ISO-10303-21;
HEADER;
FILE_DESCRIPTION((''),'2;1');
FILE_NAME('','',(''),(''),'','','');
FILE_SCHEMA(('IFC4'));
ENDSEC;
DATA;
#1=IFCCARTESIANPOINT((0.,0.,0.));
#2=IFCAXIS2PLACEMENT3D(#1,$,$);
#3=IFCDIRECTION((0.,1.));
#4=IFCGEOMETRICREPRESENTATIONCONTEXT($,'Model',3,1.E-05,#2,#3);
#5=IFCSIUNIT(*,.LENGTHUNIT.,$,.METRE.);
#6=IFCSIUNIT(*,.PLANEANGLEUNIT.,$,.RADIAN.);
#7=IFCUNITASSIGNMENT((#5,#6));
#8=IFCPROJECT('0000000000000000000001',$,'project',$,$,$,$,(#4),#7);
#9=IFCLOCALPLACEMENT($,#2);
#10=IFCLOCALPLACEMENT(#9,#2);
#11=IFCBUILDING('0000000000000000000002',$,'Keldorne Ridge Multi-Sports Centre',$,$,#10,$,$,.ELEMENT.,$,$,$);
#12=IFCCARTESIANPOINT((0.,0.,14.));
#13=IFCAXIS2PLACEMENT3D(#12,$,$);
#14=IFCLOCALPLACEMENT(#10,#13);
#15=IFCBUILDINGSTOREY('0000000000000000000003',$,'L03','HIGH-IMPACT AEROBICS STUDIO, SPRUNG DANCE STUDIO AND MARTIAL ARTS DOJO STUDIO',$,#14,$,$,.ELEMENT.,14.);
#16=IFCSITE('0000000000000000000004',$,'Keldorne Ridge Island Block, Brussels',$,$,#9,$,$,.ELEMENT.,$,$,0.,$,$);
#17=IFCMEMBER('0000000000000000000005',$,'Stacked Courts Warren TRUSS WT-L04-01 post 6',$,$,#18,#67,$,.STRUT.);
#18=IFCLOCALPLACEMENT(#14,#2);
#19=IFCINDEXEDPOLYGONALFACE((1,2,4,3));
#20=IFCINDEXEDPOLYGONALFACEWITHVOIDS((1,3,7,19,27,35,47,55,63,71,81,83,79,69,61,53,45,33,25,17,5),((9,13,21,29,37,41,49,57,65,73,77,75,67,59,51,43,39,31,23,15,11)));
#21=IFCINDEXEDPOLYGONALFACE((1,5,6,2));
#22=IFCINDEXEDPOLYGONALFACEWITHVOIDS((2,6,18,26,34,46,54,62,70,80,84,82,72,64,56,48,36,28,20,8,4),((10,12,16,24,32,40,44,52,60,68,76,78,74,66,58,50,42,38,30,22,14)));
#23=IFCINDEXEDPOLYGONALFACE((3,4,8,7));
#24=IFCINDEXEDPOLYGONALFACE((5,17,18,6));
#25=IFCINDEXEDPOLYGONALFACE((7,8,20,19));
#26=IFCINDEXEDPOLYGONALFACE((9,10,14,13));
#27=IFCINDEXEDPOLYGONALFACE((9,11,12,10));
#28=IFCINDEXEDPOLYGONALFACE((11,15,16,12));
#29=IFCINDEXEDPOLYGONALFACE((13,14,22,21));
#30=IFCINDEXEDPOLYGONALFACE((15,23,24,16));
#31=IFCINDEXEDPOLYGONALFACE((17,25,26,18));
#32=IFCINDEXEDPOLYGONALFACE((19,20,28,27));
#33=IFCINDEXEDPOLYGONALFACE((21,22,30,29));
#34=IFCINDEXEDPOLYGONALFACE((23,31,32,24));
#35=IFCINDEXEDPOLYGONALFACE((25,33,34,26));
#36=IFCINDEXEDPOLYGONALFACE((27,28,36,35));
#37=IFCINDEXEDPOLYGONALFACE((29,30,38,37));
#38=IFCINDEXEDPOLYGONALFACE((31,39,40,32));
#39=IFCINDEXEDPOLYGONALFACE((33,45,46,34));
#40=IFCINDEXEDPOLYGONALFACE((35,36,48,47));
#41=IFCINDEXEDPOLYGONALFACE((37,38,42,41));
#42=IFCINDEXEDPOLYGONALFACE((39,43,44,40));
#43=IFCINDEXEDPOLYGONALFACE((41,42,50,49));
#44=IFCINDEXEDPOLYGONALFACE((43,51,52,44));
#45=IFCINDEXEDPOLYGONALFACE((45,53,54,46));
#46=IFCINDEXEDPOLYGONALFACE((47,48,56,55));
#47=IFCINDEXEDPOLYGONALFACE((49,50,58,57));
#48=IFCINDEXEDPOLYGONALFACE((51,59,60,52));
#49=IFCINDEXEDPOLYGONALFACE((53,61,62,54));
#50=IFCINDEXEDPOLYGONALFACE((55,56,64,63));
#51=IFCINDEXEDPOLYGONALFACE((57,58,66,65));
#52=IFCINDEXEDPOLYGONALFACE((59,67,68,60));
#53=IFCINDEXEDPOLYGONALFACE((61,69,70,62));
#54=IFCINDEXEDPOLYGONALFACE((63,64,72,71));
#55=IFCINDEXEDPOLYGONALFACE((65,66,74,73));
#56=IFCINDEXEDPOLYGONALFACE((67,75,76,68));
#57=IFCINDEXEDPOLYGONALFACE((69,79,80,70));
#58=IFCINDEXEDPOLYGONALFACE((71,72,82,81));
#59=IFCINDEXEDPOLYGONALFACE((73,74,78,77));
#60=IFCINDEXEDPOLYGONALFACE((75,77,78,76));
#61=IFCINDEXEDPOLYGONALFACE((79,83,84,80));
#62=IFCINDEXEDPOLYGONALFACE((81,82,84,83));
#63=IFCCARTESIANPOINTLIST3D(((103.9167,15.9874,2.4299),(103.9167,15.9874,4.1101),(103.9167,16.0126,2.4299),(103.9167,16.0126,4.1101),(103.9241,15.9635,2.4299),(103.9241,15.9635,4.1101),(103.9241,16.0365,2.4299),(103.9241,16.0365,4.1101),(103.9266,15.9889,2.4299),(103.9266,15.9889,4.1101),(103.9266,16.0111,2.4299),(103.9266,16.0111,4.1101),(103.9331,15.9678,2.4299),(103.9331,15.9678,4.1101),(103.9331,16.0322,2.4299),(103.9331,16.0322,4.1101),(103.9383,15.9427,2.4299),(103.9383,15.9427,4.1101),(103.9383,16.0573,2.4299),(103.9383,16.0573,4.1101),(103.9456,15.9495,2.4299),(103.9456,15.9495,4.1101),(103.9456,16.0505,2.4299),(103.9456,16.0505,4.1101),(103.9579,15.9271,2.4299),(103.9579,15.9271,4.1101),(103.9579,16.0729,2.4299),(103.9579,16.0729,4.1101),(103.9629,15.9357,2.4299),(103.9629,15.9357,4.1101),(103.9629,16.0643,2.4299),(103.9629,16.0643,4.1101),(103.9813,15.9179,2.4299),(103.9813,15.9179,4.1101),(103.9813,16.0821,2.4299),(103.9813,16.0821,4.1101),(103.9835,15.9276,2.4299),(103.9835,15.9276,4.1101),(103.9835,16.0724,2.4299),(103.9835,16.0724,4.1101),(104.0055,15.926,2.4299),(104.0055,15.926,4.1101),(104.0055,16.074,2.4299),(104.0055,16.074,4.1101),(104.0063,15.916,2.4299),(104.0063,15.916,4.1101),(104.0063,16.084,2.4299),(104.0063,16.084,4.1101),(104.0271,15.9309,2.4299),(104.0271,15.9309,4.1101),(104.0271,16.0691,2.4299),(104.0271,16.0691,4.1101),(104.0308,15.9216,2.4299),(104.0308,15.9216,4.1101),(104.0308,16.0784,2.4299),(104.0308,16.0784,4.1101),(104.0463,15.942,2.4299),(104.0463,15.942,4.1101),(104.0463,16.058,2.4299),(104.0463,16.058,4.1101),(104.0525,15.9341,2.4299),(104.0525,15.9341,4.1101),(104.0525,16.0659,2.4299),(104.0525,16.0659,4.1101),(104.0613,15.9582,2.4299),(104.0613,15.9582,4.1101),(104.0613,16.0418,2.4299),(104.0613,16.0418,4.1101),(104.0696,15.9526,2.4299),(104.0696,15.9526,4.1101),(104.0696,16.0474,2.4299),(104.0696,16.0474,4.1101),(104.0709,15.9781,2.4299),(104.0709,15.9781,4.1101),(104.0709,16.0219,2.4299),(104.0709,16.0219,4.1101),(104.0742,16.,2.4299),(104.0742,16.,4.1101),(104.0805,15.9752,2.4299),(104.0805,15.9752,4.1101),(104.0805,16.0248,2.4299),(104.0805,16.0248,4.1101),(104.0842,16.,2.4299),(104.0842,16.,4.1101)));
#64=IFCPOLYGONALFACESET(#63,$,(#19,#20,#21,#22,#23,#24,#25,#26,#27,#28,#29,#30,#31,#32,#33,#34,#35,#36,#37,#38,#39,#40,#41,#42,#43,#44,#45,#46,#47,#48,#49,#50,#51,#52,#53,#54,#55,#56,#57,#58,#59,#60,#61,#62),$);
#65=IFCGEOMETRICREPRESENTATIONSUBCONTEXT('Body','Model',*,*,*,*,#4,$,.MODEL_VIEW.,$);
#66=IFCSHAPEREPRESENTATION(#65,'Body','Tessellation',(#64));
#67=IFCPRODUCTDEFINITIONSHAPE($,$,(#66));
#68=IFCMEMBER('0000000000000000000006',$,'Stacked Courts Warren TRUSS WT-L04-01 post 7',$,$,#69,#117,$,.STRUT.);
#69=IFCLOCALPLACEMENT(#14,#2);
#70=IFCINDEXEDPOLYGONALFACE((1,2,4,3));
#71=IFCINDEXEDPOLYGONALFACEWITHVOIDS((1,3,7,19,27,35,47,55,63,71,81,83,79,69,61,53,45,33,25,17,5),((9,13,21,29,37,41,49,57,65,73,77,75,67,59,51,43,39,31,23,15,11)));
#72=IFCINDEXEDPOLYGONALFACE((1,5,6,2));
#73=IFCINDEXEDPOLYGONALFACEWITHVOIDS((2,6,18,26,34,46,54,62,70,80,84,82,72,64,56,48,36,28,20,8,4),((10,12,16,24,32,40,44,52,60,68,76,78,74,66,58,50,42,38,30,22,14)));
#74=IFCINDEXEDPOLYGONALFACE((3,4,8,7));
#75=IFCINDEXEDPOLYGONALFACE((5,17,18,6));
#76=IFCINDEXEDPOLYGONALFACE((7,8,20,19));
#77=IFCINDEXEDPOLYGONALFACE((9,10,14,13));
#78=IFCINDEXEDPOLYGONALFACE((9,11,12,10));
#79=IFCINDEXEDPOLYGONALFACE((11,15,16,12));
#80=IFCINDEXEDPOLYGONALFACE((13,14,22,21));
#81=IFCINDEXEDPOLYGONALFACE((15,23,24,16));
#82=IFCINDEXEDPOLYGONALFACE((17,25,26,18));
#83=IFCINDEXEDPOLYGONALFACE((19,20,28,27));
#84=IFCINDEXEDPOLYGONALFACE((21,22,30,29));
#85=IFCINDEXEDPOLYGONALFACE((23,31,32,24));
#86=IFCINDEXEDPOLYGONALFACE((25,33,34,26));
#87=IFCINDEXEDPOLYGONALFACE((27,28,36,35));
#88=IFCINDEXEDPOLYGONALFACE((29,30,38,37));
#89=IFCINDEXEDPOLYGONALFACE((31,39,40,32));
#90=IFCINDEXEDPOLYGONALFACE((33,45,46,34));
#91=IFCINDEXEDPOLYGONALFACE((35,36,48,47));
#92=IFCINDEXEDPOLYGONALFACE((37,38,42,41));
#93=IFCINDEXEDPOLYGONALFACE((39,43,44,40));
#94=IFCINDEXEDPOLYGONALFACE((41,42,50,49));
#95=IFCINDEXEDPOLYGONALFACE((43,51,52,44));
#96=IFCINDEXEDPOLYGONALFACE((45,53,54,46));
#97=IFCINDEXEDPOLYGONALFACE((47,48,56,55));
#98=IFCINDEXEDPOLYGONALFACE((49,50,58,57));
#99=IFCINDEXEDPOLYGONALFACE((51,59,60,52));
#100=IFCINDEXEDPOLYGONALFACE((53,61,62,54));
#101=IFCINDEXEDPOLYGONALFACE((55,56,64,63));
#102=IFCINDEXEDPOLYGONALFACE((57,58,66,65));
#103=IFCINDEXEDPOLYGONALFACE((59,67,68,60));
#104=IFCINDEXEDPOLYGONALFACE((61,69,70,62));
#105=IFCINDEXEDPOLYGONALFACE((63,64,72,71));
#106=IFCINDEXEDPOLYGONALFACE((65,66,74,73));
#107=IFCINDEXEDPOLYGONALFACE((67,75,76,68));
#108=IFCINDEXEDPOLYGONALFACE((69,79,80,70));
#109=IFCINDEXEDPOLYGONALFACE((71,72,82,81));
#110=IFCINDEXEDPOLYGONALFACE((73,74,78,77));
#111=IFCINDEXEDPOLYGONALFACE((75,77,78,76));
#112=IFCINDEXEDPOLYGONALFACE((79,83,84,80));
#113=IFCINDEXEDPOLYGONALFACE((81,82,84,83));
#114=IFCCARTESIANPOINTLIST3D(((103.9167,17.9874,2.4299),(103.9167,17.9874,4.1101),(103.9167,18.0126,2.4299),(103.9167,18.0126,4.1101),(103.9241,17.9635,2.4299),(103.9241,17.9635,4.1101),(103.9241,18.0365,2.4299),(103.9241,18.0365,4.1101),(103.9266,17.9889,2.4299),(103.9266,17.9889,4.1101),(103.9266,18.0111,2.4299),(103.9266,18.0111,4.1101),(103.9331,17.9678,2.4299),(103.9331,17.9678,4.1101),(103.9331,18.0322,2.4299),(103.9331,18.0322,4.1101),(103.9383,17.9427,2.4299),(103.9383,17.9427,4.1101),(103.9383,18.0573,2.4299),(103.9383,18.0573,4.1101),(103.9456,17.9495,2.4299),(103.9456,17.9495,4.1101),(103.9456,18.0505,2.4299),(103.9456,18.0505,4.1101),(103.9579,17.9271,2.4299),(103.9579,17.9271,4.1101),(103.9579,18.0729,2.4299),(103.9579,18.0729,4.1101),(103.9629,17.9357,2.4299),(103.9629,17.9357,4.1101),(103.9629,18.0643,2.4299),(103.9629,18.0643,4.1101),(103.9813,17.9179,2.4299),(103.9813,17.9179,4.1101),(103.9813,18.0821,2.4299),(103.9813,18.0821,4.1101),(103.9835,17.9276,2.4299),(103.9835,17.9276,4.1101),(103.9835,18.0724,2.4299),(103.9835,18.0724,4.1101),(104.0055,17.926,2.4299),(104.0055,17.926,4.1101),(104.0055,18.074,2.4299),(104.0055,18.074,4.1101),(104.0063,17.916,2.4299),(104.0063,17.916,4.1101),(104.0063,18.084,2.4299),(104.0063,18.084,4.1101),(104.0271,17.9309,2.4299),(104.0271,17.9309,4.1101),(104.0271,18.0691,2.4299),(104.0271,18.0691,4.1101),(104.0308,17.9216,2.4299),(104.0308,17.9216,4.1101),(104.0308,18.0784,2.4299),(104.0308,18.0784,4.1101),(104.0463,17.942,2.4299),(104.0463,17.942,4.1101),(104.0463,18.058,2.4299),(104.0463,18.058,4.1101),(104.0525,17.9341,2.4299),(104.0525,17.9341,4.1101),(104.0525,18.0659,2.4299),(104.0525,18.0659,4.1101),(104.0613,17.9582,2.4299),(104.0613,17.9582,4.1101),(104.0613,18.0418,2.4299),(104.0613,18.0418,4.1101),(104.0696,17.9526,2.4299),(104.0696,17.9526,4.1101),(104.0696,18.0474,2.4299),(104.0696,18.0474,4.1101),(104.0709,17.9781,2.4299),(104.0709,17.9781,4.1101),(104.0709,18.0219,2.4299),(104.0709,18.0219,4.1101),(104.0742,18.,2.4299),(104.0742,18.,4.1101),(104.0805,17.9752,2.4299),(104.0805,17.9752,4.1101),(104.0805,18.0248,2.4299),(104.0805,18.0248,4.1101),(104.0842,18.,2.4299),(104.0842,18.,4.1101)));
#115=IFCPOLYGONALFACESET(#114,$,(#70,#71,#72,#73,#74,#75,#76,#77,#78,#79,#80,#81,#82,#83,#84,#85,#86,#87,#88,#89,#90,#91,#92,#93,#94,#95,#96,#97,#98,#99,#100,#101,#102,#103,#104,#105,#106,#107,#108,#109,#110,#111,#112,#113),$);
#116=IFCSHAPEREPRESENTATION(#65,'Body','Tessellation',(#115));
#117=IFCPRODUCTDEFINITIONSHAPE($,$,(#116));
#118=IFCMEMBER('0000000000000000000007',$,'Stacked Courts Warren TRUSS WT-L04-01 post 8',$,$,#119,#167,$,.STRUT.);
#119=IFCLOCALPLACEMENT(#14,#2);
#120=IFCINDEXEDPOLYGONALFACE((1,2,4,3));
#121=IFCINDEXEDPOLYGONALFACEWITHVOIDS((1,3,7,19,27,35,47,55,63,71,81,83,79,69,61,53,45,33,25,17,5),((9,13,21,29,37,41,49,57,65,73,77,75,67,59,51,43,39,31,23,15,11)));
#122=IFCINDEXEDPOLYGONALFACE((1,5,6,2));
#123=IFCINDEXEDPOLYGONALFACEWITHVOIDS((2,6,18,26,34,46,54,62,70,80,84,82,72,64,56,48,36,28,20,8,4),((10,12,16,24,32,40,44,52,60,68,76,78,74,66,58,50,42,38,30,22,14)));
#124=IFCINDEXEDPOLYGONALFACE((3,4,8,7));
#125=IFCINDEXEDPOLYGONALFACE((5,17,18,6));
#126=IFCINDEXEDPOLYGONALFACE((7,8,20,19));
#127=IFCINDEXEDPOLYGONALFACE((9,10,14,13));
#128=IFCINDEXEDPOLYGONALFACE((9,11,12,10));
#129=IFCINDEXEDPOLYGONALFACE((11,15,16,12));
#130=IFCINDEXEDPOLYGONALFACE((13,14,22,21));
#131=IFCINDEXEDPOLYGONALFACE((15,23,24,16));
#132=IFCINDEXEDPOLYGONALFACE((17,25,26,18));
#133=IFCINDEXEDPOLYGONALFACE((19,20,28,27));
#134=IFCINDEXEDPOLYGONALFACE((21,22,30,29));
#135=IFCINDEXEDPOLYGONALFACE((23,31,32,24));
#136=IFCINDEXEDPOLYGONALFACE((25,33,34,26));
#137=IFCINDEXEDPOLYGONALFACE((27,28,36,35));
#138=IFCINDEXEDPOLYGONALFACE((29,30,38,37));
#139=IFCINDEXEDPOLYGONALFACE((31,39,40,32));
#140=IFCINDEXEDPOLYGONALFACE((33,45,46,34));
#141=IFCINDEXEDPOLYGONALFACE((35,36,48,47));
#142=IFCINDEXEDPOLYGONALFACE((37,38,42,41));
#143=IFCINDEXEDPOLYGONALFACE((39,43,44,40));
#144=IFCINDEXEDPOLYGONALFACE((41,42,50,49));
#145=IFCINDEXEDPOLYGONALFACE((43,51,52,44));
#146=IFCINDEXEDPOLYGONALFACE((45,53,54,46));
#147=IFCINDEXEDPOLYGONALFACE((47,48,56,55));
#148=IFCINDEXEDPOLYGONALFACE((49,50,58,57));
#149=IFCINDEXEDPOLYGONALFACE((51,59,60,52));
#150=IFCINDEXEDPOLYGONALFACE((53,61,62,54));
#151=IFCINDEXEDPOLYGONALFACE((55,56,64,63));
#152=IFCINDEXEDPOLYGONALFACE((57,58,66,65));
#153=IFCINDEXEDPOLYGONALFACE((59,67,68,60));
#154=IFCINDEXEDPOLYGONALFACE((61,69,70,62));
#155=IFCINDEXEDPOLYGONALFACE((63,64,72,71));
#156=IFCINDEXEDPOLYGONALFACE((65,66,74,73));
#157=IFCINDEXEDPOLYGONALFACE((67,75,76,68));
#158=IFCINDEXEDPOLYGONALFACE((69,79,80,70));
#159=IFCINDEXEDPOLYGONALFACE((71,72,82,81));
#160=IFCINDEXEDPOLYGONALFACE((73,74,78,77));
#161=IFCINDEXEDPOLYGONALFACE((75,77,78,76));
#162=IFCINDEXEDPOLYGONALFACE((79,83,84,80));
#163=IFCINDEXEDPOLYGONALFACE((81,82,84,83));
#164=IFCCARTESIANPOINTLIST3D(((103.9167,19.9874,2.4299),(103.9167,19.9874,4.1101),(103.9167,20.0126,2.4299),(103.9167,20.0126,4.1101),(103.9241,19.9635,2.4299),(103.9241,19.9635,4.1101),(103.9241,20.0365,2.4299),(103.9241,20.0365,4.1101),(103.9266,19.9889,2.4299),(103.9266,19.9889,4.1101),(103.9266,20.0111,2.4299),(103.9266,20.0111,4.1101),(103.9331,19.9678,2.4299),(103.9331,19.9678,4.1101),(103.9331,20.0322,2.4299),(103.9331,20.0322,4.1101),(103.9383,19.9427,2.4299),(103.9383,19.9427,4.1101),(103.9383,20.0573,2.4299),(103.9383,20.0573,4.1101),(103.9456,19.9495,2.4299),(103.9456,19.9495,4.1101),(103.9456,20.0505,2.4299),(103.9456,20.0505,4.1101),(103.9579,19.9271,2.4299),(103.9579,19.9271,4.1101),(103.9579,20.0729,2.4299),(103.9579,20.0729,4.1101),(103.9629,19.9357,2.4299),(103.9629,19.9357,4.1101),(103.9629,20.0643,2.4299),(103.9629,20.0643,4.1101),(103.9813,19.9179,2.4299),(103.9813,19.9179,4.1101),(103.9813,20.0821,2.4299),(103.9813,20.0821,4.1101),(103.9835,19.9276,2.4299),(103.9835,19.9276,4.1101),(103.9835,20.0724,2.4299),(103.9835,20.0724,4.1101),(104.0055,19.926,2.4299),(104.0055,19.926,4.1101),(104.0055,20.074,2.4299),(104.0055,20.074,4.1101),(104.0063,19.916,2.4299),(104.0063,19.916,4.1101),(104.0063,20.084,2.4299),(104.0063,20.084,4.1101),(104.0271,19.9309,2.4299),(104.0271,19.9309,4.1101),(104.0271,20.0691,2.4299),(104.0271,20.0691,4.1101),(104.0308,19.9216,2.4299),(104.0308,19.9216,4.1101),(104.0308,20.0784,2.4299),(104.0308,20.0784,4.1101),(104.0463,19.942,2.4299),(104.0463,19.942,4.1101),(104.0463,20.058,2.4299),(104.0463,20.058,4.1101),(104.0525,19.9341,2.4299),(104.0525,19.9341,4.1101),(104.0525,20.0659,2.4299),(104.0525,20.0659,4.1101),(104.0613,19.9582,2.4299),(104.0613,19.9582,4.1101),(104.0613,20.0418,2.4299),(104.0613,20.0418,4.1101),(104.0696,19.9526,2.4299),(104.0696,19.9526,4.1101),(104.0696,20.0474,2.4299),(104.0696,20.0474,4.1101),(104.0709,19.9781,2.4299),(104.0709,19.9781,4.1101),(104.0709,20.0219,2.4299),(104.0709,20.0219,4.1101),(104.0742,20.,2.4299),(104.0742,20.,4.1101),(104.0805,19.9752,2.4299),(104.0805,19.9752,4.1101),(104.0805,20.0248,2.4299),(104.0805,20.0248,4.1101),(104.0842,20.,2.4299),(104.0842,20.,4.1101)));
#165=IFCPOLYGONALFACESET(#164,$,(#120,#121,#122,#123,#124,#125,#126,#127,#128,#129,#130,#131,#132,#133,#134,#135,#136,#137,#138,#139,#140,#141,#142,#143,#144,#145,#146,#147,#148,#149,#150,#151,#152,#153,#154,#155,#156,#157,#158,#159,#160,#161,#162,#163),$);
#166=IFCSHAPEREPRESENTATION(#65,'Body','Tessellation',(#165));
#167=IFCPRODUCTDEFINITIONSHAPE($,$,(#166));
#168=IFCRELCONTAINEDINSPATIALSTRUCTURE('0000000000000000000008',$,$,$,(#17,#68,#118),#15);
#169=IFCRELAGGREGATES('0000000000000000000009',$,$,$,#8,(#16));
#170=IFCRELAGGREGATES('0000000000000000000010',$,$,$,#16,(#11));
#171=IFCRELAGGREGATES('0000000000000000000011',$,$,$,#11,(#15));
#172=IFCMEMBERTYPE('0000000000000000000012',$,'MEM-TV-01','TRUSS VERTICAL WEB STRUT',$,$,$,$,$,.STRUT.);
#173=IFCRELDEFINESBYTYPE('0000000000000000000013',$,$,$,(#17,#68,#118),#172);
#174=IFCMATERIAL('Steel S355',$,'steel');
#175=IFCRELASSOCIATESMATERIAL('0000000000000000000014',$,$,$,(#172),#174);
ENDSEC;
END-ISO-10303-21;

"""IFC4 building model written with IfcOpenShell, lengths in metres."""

from ifc_helpers import new_model, si_unit, direction, frame, origin, origin_2d, place, context, subcontext, project, spatial, hollow_circle, extrude, material, material_profile, profile_set, type_object, element, save


model = new_model("IFC4")

# Units and contexts
model_context = context("Model", 3, precision=1e-05, world=origin(), true_north=direction((0.0, 1.0)))
body_context = subcontext(model_context, "Body", "Model", "MODEL_VIEW")
ifc_project = project(units=[si_unit("LENGTHUNIT", "METRE"), si_unit("PLANEANGLEUNIT", "RADIAN")], contexts=[model_context])

# Site, building, storey
site_placement = place(None, origin())
site = spatial("IfcSite", under=ifc_project, at=site_placement, Name="Keldorne Ridge Island Block, Brussels", CompositionType="ELEMENT", RefElevation=0.0)
building_placement = place(site_placement, origin())
building = spatial("IfcBuilding", under=site, at=building_placement, Name="Keldorne Ridge Multi-Sports Centre", CompositionType="ELEMENT")
storey_placement = place(building_placement, frame((0.0, 0.0, 14.0)))
storey = spatial("IfcBuildingStorey", under=building, at=storey_placement, Name="L03", Description="HIGH-IMPACT AEROBICS STUDIO, SPRUNG DANCE STUDIO AND MARTIAL ARTS DOJO STUDIO", CompositionType="ELEMENT", Elevation=14.0)

# Shared definitions
ifc_material = material(Name="Steel S355", Category="steel")

# Members
ifc_material_profile_1 = material_profile(ifc_material, hollow_circle(Radius=0.0842, WallThickness=0.01, at=origin_2d()), Name="CHS 168.3x10")
ifc_profile_set_1 = profile_set([ifc_material_profile_1], Name="Steel S355")
member_type_1 = type_object("IfcMemberType", Name="MEM-TV-01", Description="TRUSS VERTICAL WEB STRUT", PredefinedType="STRUT", material=ifc_profile_set_1)
for number, where, z_axis, x_axis, name in (
    (1, (104.0, 16.0, 2.4299), (0.0, 0.0, 1.0), (1.0, 0.0, 0.0), "Stacked Courts Warren TRUSS WT-L04-01 post 6"),
    (2, (104.0, 18.0, 2.4299), (0.0, 0.0, 1.0), (1.0, 0.0, 0.0), "Stacked Courts Warren TRUSS WT-L04-01 post 7"),
    (3, (104.0, 20.0, 2.4299), (0.0, 0.0, 1.0), (1.0, 0.0, 0.0), "Stacked Courts Warren TRUSS WT-L04-01 post 8"),
):
    element("IfcMember", number, at=place(storey_placement, frame(where, z_axis=z_axis, x_axis=x_axis)), inside=storey, type_object=member_type_1, Name=name, PredefinedType="STRUT", context=body_context, shape_type="SweptSolid", body=[
        extrude(hollow_circle(Radius=0.0842, WallThickness=0.01, at=origin_2d()), origin(), (0.0, 0.0, 1.0), 1.6802),
    ])

save(model, "model.ifc")
